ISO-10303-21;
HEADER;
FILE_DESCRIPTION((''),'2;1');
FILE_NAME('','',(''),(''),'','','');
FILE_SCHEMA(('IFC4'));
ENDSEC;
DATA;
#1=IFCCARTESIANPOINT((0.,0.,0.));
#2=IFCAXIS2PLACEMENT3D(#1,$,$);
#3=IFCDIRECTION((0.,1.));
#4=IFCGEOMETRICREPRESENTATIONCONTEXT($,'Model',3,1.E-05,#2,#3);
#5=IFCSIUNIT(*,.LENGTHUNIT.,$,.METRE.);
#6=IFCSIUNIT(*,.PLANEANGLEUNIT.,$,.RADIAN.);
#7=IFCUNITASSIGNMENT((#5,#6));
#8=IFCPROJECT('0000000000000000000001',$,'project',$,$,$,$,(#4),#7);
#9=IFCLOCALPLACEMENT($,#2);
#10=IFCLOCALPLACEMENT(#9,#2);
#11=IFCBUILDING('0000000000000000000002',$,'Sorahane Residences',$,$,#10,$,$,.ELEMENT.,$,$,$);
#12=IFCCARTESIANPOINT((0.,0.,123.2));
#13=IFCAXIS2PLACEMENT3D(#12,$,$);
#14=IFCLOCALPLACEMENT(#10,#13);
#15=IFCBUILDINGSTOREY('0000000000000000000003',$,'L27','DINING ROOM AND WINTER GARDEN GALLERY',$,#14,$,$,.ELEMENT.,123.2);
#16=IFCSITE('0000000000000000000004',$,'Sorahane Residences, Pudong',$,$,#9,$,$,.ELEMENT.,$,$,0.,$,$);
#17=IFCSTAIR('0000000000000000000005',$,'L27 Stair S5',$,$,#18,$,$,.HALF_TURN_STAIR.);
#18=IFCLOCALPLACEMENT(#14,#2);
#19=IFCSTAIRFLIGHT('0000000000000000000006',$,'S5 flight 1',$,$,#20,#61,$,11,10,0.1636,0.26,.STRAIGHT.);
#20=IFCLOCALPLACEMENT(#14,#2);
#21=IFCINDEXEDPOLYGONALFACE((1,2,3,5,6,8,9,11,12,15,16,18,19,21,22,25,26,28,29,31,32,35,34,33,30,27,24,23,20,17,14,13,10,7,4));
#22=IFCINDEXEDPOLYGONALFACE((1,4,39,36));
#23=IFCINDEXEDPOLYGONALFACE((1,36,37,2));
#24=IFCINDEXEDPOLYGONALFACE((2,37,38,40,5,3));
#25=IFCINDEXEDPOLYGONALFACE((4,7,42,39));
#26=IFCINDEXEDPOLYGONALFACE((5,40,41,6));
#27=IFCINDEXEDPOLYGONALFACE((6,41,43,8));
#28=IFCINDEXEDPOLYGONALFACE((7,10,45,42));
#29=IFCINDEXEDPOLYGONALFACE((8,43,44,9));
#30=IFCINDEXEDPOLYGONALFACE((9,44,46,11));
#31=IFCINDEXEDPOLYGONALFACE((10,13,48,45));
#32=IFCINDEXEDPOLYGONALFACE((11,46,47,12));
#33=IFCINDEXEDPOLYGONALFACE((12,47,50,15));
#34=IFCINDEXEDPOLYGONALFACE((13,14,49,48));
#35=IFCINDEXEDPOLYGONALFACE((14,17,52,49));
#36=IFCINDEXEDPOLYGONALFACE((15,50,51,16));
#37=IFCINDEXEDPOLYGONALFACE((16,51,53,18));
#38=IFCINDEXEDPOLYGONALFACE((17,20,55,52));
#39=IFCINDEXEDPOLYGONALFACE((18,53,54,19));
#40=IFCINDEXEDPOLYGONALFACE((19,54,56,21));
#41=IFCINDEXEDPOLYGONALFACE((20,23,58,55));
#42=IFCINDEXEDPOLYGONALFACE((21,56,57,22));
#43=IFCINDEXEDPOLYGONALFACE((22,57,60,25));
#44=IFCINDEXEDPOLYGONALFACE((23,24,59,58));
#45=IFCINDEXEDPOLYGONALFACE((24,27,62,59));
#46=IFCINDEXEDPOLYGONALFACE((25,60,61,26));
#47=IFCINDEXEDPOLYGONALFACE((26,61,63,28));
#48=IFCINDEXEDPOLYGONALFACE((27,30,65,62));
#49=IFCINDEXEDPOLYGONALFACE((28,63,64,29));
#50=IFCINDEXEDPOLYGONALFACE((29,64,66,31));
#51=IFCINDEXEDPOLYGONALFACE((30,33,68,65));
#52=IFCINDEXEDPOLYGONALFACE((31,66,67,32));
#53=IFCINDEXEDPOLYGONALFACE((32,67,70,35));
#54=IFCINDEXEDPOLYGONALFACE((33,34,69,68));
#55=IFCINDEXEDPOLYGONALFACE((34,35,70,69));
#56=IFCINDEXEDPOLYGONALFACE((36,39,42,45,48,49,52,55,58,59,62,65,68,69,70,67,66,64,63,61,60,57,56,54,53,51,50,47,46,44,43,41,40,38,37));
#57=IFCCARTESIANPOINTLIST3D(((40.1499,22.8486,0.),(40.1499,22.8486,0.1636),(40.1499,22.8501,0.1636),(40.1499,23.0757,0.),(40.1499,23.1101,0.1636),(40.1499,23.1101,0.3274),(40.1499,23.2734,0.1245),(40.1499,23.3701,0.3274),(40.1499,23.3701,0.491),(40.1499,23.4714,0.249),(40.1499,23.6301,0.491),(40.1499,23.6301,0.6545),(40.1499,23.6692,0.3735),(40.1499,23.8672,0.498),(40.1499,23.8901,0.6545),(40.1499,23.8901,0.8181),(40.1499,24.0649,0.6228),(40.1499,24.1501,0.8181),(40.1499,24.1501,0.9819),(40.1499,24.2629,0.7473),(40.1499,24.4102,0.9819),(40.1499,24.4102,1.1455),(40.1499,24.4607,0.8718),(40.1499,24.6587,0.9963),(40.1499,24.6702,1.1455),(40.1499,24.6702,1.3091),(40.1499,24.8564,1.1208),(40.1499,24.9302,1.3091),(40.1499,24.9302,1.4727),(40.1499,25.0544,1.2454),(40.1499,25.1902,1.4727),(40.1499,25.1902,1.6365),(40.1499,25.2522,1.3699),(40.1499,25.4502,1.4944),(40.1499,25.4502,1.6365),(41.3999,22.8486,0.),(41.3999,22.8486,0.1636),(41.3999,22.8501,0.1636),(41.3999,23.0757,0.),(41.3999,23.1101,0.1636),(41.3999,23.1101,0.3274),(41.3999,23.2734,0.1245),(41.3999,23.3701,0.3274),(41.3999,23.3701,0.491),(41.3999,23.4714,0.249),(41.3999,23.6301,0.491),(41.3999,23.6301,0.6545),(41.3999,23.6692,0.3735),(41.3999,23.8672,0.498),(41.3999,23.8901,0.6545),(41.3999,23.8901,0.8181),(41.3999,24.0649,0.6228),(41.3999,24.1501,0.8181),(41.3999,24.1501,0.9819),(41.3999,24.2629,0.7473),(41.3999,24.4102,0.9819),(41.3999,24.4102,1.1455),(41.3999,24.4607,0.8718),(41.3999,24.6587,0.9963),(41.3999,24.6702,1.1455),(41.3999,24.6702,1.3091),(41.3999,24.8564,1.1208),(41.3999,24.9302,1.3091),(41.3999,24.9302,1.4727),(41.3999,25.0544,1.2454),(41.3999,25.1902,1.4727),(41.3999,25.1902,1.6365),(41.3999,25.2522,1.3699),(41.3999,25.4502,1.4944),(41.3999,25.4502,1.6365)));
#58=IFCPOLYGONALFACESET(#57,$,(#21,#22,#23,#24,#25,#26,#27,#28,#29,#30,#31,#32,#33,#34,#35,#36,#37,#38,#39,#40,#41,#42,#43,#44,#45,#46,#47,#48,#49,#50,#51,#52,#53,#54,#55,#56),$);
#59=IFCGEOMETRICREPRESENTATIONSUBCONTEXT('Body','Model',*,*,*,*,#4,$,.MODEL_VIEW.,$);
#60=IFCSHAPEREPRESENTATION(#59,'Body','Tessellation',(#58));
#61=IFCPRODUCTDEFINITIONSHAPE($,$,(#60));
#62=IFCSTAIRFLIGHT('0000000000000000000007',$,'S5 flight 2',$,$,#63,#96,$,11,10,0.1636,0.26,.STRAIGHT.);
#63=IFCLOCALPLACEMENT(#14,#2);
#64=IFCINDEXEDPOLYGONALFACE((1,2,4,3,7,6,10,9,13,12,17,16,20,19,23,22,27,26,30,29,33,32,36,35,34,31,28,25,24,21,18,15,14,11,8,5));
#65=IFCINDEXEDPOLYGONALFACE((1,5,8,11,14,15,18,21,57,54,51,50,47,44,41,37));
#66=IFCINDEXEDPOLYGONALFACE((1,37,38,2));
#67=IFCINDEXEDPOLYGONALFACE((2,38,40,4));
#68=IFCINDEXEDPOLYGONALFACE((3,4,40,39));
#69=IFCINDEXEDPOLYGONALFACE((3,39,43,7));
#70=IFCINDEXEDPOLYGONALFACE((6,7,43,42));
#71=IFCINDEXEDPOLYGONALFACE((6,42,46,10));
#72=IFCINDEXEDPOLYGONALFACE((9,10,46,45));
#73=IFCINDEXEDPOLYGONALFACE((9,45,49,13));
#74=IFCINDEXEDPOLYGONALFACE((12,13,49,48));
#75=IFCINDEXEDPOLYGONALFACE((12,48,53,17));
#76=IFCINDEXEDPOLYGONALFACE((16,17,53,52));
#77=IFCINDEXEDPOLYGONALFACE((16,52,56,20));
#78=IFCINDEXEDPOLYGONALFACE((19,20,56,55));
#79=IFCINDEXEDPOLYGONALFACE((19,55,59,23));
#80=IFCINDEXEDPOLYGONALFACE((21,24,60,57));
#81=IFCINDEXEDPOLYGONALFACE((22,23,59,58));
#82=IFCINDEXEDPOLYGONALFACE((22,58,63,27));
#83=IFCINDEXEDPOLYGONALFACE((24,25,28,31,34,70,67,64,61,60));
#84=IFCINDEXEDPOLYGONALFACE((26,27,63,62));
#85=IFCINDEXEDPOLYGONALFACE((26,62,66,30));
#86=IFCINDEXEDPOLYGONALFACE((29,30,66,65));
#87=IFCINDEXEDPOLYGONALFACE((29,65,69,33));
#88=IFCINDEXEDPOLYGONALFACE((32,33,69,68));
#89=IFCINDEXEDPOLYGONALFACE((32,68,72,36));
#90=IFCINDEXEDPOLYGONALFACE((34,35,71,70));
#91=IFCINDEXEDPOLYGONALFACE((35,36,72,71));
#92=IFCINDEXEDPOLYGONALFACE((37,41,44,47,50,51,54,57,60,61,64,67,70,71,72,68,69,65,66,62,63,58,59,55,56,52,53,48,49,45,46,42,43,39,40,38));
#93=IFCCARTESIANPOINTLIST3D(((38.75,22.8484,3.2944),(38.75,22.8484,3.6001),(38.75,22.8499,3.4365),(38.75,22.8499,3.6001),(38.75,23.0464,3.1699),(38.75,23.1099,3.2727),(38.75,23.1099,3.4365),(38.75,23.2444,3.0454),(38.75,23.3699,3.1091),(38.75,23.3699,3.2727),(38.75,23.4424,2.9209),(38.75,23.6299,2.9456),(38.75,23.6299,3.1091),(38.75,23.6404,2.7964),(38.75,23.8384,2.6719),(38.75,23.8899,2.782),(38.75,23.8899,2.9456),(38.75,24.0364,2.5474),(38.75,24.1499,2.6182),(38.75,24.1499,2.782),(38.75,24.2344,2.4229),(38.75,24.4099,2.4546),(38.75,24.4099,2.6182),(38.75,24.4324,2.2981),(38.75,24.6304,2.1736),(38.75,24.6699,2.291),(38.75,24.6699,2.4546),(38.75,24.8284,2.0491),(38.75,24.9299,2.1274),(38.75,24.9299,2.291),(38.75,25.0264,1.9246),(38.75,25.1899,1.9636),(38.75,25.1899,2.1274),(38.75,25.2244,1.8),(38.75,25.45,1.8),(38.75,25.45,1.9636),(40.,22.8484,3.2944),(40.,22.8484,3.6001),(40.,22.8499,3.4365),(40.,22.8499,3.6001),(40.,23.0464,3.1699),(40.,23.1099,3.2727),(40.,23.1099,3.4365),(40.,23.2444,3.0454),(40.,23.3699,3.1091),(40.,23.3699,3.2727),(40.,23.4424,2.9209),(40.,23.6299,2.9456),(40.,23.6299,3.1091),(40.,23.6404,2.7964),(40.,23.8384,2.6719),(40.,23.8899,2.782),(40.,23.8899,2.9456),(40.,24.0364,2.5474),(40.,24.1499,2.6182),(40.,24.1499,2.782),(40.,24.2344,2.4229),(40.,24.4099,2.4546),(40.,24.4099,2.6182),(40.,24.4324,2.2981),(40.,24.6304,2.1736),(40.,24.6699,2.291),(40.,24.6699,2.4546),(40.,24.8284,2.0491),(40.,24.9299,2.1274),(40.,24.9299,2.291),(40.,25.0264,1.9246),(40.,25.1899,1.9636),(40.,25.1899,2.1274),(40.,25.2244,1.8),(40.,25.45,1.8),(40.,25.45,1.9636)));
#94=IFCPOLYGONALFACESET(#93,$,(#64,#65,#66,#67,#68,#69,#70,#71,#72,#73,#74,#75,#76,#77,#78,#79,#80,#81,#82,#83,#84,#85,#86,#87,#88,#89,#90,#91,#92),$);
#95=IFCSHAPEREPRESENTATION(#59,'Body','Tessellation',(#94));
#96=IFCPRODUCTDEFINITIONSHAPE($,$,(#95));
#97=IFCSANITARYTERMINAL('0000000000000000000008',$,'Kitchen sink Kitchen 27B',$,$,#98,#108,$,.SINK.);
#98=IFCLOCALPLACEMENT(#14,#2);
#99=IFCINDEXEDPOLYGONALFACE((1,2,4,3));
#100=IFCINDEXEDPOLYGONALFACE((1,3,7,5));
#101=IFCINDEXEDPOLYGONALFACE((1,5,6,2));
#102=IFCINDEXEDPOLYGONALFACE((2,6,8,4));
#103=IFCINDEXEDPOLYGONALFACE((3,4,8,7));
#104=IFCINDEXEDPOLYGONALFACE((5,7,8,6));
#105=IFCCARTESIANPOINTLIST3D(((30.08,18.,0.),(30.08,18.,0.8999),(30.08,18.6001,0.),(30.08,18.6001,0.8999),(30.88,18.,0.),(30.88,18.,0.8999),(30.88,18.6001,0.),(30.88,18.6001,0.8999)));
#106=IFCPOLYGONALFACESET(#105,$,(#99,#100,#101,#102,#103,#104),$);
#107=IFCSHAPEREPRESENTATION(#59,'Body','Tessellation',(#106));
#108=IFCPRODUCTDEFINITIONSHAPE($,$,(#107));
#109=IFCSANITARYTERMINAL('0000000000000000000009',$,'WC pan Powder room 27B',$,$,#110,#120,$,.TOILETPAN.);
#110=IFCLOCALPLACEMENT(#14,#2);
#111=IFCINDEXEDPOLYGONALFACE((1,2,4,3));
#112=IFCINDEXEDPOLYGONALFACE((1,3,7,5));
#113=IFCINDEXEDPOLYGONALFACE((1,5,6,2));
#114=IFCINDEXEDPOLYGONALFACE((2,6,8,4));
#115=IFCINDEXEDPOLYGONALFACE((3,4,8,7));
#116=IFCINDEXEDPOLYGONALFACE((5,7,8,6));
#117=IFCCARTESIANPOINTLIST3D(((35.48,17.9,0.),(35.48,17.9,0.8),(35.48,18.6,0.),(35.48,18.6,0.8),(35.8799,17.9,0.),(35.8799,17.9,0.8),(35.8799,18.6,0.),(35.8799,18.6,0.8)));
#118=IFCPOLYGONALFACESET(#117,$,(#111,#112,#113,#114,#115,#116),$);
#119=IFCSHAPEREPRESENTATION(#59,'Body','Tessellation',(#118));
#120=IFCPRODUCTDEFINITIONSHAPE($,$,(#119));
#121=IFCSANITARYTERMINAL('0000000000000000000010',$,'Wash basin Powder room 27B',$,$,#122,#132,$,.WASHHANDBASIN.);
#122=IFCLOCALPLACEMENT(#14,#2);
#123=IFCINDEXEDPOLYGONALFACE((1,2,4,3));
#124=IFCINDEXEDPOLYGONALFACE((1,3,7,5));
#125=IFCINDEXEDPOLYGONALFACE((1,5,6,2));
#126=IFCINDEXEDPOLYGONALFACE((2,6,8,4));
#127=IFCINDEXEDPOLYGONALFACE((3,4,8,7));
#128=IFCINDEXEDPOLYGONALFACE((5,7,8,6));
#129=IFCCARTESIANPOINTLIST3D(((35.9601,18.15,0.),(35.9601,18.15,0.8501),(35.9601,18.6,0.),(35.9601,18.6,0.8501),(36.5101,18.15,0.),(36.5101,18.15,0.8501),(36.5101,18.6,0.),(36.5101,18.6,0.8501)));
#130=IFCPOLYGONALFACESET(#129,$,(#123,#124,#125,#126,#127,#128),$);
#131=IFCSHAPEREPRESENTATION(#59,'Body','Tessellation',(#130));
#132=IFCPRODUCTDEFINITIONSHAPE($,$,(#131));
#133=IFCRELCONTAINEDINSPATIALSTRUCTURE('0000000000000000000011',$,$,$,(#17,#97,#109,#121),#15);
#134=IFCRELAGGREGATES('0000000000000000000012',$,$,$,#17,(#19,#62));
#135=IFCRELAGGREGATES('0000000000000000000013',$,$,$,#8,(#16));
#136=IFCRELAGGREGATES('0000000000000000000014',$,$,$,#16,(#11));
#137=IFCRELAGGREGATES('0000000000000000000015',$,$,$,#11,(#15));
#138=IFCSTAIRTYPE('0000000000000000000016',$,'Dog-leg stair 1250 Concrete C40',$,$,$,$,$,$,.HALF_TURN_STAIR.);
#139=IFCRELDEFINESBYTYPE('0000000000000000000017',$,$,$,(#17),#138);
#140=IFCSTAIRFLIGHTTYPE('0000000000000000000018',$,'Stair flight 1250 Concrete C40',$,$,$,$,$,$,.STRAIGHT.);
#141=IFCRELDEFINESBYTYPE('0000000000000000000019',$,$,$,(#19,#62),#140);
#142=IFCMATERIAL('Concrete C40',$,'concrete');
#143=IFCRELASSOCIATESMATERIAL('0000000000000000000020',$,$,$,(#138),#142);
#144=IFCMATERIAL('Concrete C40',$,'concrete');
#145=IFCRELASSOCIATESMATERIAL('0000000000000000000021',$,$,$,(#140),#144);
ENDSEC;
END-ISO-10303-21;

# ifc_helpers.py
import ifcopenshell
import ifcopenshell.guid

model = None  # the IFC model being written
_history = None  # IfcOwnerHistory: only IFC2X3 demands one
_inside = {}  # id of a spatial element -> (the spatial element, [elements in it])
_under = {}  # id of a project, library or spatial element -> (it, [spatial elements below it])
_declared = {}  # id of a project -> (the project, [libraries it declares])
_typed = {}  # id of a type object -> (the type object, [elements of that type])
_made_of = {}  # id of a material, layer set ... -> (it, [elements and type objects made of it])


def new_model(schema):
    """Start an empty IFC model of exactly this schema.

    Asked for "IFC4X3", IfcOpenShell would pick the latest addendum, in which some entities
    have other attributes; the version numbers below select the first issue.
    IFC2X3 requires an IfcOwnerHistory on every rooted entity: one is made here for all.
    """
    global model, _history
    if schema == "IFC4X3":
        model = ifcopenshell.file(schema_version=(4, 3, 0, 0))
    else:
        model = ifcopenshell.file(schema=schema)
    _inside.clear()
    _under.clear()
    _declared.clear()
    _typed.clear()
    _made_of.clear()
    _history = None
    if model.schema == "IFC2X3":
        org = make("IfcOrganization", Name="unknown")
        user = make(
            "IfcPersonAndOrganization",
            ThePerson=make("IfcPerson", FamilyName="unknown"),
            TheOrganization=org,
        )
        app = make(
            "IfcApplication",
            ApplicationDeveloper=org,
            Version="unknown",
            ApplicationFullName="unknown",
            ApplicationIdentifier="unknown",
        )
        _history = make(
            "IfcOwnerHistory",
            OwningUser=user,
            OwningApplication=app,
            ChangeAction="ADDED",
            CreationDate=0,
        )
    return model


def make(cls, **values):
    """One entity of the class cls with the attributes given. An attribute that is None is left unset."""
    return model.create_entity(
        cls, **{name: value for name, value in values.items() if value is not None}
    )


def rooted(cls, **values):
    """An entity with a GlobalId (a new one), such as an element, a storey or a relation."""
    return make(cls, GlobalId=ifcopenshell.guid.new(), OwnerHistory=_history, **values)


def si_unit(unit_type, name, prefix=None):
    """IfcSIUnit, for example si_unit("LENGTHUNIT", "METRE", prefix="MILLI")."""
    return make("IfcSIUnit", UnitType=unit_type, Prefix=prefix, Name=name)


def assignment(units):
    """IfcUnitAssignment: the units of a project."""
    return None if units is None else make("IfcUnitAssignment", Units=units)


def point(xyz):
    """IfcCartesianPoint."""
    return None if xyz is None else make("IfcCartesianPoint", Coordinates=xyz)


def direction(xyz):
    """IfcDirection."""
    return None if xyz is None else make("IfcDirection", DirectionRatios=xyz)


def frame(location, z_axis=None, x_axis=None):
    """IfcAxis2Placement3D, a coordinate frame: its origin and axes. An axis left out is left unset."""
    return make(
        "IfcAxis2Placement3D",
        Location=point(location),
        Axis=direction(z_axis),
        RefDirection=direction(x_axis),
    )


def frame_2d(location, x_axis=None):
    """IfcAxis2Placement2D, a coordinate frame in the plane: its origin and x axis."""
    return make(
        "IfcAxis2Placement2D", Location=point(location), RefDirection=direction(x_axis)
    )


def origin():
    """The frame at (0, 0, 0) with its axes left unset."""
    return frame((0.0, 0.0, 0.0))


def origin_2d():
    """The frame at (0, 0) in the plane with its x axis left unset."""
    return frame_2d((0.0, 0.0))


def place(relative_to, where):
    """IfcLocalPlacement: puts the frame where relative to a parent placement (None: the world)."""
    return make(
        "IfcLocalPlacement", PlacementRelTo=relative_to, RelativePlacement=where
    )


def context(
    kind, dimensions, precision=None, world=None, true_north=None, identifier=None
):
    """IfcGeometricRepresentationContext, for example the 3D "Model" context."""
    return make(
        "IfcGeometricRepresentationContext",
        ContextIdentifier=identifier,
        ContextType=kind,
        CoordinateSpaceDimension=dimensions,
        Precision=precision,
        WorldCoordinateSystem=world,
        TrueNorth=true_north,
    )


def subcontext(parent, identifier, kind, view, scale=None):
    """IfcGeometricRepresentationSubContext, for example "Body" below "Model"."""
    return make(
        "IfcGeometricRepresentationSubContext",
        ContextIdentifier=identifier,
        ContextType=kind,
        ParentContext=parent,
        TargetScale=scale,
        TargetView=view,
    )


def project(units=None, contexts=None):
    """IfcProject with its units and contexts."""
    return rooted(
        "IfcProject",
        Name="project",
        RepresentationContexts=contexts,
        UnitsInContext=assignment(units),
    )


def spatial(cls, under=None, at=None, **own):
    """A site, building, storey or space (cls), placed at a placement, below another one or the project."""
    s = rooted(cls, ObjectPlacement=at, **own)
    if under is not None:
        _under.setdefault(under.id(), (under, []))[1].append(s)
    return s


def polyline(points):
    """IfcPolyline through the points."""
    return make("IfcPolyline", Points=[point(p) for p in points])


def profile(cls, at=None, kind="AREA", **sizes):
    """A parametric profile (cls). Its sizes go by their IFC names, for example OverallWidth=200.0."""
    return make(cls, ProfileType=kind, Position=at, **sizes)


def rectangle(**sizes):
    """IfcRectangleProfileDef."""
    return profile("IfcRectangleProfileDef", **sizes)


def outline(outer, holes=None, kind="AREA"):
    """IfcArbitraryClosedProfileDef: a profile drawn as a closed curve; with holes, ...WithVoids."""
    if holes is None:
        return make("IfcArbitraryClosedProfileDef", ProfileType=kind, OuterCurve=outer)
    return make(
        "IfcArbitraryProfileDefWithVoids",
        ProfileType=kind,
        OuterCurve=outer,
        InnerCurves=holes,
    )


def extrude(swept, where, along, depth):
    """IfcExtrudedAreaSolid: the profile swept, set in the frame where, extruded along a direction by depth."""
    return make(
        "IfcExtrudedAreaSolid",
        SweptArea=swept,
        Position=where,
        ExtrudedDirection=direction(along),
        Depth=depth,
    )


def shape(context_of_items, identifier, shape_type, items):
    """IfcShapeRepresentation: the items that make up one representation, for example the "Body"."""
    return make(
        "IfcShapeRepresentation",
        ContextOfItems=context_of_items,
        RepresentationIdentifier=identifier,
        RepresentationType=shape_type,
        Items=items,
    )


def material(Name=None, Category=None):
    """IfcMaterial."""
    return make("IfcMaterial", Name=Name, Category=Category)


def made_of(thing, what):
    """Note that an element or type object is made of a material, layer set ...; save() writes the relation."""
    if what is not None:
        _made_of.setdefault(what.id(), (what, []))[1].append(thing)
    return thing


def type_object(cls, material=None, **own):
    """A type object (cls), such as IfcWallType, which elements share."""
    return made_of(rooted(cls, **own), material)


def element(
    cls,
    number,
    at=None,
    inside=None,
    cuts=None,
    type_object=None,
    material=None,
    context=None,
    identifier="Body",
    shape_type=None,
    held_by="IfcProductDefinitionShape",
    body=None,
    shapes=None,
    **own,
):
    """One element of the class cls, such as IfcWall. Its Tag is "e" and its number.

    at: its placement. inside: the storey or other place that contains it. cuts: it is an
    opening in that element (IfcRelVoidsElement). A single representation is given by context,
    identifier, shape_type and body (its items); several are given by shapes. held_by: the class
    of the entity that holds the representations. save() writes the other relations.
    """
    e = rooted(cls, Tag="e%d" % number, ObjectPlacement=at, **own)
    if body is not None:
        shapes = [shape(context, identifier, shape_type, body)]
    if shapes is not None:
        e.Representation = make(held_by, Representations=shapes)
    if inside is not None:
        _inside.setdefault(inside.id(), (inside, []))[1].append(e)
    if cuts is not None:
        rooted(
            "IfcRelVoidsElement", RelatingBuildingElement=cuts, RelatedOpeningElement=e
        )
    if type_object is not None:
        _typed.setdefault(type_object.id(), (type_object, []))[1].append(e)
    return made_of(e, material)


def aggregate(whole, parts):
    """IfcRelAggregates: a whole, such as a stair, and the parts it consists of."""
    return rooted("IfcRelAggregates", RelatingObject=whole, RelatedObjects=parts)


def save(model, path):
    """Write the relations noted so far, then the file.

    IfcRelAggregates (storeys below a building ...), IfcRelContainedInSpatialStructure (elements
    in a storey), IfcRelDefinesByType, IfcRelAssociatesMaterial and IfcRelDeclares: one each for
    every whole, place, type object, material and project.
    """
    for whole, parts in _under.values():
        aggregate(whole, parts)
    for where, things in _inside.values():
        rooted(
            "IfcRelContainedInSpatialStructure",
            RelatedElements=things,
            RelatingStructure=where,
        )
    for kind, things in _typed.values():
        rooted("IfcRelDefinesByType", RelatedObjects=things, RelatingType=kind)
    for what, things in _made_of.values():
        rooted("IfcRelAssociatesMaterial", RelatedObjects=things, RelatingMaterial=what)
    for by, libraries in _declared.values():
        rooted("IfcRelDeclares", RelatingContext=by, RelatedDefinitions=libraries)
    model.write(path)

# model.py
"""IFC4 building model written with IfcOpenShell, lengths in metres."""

from ifc_helpers import new_model, si_unit, direction, frame, origin, origin_2d, place, context, subcontext, project, spatial, polyline, rectangle, outline, extrude, material, type_object, element, aggregate, save


model = new_model("IFC4")

# Units and contexts
model_context = context("Model", 3, precision=1e-05, world=origin(), true_north=direction((0.0, 1.0)))
body_context = subcontext(model_context, "Body", "Model", "MODEL_VIEW")
ifc_project = project(units=[si_unit("LENGTHUNIT", "METRE"), si_unit("PLANEANGLEUNIT", "RADIAN")], contexts=[model_context])

# Site, building, storey
site_placement = place(None, origin())
site = spatial("IfcSite", under=ifc_project, at=site_placement, Name="Sorahane Residences, Pudong", CompositionType="ELEMENT", RefElevation=0.0)
building_placement = place(site_placement, origin())
building = spatial("IfcBuilding", under=site, at=building_placement, Name="Sorahane Residences", CompositionType="ELEMENT")
storey_placement = place(building_placement, frame((0.0, 0.0, 123.2)))
storey = spatial("IfcBuildingStorey", under=building, at=storey_placement, Name="L27", Description="DINING ROOM AND WINTER GARDEN GALLERY", CompositionType="ELEMENT", Elevation=123.2)

# Stair, stair flights
ifc_material_1 = material(Name="Concrete C40", Category="concrete")
stair_type = type_object("IfcStairType", Name="Dog-leg stair 1250 Concrete C40", PredefinedType="HALF_TURN_STAIR", material=ifc_material_1)
stair_placement = place(storey_placement, origin())
stair = element("IfcStair", 1, at=stair_placement, inside=storey, type_object=stair_type, Name="L27 Stair S5", PredefinedType="HALF_TURN_STAIR")
ifc_material_2 = material(Name="Concrete C40", Category="concrete")
stair_flight_type = type_object("IfcStairFlightType", Name="Stair flight 1250 Concrete C40", PredefinedType="STRAIGHT", material=ifc_material_2)
stair_flight_1_placement = place(storey_placement, frame((40.7749, 22.8501, 0.0), z_axis=(0.0, 0.0, 1.0), x_axis=(0.0, 1.0, 0.0)))
stair_flight_1 = element("IfcStairFlight", 2, at=stair_flight_1_placement, type_object=stair_flight_type, Name="S5 flight 1", NumberOfRisers=11, NumberOfTreads=10, PredefinedType="STRAIGHT", RiserHeight=0.1636, TreadLength=0.26, context=body_context, shape_type="SweptSolid", body=[
    extrude(outline(polyline([(-0.0015, 0.0), (-0.0015, 0.1636), (0.0, 0.1636), (0.26, 0.1636), (0.26, 0.3274), (0.52, 0.3274), (0.52, 0.491), (0.78, 0.491), (0.78, 0.6545), (1.04, 0.6545), (1.04, 0.8181), (1.3, 0.8181), (1.3, 0.9819), (1.5601, 0.9819), (1.5601, 1.1455), (1.8201, 1.1455), (1.8201, 1.3091), (2.0801, 1.3091), (2.0801, 1.4727), (2.3401, 1.4727), (2.3401, 1.6365), (2.6001, 1.6365), (2.6001, 1.8), (2.6001, 1.4944), (2.4021, 1.3699), (2.2043, 1.2454), (2.0063, 1.1208), (1.8086, 0.9963), (1.6106, 0.8718), (1.4128, 0.7473), (1.2148, 0.6228), (1.0171, 0.498), (0.8191, 0.3735), (0.6213, 0.249), (0.4233, 0.1245), (0.2256, 0.0), (-0.0015, 0.0)])), frame((0.0, 0.625, 0.0), z_axis=(0.0, -1.0, 0.0), x_axis=(1.0, 0.0, 0.0)), (0.0, 0.0, 1.0), 1.25),
])
stair_flight_2_placement = place(storey_placement, frame((39.375, 25.45, 1.8), z_axis=(0.0, 0.0, 1.0), x_axis=(0.0, -1.0, 0.0)))
stair_flight_2 = element("IfcStairFlight", 3, at=stair_flight_2_placement, type_object=stair_flight_type, Name="S5 flight 2", NumberOfRisers=11, NumberOfTreads=10, PredefinedType="STRAIGHT", RiserHeight=0.1636, TreadLength=0.26, context=body_context, shape_type="SweptSolid", body=[
    extrude(outline(polyline([(0.0, 0.0), (0.0, 0.1636), (0.26, 0.1636), (0.26, 0.3274), (0.52, 0.3274), (0.52, 0.491), (0.78, 0.491), (0.78, 0.6545), (1.04, 0.6545), (1.04, 0.8181), (1.3, 0.8181), (1.3, 0.9819), (1.5601, 0.9819), (1.5601, 1.1455), (1.8201, 1.1455), (1.8201, 1.3091), (2.0801, 1.3091), (2.0801, 1.4727), (2.3401, 1.4727), (2.3401, 1.6365), (2.6001, 1.6365), (2.6001, 1.8), (2.6016, 1.8), (2.6016, 1.4944), (2.4036, 1.3699), (2.2056, 1.2454), (2.0076, 1.1208), (1.8096, 0.9963), (1.6116, 0.8718), (1.4136, 0.7473), (1.2156, 0.6228), (1.0176, 0.498), (0.8196, 0.3735), (0.6216, 0.249), (0.4236, 0.1245), (0.2256, 0.0), (0.0, 0.0)])), frame((0.0, 0.625, 0.0), z_axis=(0.0, -1.0, 0.0), x_axis=(1.0, 0.0, 0.0)), (0.0, 0.0, 1.0), 1.25),
])
aggregate(stair, [stair_flight_1, stair_flight_2])

# Sanitary terminals
sanitary_terminal_1_placement = place(storey_placement, frame((30.48, 18.3, 0.0), z_axis=(0.0, 0.0, 1.0), x_axis=(1.0, 0.0, 0.0)))
element("IfcSanitaryTerminal", 4, at=sanitary_terminal_1_placement, inside=storey, Name="Kitchen sink Kitchen 27B", PredefinedType="SINK", context=body_context, shape_type="SweptSolid", body=[
    extrude(rectangle(XDim=0.8, YDim=0.6001, at=origin_2d()), origin(), (0.0, 0.0, 1.0), 0.8999),
])
sanitary_terminal_2_placement = place(storey_placement, frame((35.6799, 18.25, 0.0), z_axis=(0.0, 0.0, 1.0), x_axis=(1.0, 0.0, 0.0)))
element("IfcSanitaryTerminal", 5, at=sanitary_terminal_2_placement, inside=storey, Name="WC pan Powder room 27B", PredefinedType="TOILETPAN", context=body_context, shape_type="SweptSolid", body=[
    extrude(rectangle(XDim=0.3999, YDim=0.7, at=origin_2d()), origin(), (0.0, 0.0, 1.0), 0.8),
])
sanitary_terminal_3_placement = place(storey_placement, frame((36.2351, 18.375, 0.0), z_axis=(0.0, 0.0, 1.0), x_axis=(1.0, 0.0, 0.0)))
element("IfcSanitaryTerminal", 6, at=sanitary_terminal_3_placement, inside=storey, Name="Wash basin Powder room 27B", PredefinedType="WASHHANDBASIN", context=body_context, shape_type="SweptSolid", body=[
    extrude(rectangle(XDim=0.55, YDim=0.45, at=origin_2d()), origin(), (0.0, 0.0, 1.0), 0.8501),
])

save(model, "model.ifc")
